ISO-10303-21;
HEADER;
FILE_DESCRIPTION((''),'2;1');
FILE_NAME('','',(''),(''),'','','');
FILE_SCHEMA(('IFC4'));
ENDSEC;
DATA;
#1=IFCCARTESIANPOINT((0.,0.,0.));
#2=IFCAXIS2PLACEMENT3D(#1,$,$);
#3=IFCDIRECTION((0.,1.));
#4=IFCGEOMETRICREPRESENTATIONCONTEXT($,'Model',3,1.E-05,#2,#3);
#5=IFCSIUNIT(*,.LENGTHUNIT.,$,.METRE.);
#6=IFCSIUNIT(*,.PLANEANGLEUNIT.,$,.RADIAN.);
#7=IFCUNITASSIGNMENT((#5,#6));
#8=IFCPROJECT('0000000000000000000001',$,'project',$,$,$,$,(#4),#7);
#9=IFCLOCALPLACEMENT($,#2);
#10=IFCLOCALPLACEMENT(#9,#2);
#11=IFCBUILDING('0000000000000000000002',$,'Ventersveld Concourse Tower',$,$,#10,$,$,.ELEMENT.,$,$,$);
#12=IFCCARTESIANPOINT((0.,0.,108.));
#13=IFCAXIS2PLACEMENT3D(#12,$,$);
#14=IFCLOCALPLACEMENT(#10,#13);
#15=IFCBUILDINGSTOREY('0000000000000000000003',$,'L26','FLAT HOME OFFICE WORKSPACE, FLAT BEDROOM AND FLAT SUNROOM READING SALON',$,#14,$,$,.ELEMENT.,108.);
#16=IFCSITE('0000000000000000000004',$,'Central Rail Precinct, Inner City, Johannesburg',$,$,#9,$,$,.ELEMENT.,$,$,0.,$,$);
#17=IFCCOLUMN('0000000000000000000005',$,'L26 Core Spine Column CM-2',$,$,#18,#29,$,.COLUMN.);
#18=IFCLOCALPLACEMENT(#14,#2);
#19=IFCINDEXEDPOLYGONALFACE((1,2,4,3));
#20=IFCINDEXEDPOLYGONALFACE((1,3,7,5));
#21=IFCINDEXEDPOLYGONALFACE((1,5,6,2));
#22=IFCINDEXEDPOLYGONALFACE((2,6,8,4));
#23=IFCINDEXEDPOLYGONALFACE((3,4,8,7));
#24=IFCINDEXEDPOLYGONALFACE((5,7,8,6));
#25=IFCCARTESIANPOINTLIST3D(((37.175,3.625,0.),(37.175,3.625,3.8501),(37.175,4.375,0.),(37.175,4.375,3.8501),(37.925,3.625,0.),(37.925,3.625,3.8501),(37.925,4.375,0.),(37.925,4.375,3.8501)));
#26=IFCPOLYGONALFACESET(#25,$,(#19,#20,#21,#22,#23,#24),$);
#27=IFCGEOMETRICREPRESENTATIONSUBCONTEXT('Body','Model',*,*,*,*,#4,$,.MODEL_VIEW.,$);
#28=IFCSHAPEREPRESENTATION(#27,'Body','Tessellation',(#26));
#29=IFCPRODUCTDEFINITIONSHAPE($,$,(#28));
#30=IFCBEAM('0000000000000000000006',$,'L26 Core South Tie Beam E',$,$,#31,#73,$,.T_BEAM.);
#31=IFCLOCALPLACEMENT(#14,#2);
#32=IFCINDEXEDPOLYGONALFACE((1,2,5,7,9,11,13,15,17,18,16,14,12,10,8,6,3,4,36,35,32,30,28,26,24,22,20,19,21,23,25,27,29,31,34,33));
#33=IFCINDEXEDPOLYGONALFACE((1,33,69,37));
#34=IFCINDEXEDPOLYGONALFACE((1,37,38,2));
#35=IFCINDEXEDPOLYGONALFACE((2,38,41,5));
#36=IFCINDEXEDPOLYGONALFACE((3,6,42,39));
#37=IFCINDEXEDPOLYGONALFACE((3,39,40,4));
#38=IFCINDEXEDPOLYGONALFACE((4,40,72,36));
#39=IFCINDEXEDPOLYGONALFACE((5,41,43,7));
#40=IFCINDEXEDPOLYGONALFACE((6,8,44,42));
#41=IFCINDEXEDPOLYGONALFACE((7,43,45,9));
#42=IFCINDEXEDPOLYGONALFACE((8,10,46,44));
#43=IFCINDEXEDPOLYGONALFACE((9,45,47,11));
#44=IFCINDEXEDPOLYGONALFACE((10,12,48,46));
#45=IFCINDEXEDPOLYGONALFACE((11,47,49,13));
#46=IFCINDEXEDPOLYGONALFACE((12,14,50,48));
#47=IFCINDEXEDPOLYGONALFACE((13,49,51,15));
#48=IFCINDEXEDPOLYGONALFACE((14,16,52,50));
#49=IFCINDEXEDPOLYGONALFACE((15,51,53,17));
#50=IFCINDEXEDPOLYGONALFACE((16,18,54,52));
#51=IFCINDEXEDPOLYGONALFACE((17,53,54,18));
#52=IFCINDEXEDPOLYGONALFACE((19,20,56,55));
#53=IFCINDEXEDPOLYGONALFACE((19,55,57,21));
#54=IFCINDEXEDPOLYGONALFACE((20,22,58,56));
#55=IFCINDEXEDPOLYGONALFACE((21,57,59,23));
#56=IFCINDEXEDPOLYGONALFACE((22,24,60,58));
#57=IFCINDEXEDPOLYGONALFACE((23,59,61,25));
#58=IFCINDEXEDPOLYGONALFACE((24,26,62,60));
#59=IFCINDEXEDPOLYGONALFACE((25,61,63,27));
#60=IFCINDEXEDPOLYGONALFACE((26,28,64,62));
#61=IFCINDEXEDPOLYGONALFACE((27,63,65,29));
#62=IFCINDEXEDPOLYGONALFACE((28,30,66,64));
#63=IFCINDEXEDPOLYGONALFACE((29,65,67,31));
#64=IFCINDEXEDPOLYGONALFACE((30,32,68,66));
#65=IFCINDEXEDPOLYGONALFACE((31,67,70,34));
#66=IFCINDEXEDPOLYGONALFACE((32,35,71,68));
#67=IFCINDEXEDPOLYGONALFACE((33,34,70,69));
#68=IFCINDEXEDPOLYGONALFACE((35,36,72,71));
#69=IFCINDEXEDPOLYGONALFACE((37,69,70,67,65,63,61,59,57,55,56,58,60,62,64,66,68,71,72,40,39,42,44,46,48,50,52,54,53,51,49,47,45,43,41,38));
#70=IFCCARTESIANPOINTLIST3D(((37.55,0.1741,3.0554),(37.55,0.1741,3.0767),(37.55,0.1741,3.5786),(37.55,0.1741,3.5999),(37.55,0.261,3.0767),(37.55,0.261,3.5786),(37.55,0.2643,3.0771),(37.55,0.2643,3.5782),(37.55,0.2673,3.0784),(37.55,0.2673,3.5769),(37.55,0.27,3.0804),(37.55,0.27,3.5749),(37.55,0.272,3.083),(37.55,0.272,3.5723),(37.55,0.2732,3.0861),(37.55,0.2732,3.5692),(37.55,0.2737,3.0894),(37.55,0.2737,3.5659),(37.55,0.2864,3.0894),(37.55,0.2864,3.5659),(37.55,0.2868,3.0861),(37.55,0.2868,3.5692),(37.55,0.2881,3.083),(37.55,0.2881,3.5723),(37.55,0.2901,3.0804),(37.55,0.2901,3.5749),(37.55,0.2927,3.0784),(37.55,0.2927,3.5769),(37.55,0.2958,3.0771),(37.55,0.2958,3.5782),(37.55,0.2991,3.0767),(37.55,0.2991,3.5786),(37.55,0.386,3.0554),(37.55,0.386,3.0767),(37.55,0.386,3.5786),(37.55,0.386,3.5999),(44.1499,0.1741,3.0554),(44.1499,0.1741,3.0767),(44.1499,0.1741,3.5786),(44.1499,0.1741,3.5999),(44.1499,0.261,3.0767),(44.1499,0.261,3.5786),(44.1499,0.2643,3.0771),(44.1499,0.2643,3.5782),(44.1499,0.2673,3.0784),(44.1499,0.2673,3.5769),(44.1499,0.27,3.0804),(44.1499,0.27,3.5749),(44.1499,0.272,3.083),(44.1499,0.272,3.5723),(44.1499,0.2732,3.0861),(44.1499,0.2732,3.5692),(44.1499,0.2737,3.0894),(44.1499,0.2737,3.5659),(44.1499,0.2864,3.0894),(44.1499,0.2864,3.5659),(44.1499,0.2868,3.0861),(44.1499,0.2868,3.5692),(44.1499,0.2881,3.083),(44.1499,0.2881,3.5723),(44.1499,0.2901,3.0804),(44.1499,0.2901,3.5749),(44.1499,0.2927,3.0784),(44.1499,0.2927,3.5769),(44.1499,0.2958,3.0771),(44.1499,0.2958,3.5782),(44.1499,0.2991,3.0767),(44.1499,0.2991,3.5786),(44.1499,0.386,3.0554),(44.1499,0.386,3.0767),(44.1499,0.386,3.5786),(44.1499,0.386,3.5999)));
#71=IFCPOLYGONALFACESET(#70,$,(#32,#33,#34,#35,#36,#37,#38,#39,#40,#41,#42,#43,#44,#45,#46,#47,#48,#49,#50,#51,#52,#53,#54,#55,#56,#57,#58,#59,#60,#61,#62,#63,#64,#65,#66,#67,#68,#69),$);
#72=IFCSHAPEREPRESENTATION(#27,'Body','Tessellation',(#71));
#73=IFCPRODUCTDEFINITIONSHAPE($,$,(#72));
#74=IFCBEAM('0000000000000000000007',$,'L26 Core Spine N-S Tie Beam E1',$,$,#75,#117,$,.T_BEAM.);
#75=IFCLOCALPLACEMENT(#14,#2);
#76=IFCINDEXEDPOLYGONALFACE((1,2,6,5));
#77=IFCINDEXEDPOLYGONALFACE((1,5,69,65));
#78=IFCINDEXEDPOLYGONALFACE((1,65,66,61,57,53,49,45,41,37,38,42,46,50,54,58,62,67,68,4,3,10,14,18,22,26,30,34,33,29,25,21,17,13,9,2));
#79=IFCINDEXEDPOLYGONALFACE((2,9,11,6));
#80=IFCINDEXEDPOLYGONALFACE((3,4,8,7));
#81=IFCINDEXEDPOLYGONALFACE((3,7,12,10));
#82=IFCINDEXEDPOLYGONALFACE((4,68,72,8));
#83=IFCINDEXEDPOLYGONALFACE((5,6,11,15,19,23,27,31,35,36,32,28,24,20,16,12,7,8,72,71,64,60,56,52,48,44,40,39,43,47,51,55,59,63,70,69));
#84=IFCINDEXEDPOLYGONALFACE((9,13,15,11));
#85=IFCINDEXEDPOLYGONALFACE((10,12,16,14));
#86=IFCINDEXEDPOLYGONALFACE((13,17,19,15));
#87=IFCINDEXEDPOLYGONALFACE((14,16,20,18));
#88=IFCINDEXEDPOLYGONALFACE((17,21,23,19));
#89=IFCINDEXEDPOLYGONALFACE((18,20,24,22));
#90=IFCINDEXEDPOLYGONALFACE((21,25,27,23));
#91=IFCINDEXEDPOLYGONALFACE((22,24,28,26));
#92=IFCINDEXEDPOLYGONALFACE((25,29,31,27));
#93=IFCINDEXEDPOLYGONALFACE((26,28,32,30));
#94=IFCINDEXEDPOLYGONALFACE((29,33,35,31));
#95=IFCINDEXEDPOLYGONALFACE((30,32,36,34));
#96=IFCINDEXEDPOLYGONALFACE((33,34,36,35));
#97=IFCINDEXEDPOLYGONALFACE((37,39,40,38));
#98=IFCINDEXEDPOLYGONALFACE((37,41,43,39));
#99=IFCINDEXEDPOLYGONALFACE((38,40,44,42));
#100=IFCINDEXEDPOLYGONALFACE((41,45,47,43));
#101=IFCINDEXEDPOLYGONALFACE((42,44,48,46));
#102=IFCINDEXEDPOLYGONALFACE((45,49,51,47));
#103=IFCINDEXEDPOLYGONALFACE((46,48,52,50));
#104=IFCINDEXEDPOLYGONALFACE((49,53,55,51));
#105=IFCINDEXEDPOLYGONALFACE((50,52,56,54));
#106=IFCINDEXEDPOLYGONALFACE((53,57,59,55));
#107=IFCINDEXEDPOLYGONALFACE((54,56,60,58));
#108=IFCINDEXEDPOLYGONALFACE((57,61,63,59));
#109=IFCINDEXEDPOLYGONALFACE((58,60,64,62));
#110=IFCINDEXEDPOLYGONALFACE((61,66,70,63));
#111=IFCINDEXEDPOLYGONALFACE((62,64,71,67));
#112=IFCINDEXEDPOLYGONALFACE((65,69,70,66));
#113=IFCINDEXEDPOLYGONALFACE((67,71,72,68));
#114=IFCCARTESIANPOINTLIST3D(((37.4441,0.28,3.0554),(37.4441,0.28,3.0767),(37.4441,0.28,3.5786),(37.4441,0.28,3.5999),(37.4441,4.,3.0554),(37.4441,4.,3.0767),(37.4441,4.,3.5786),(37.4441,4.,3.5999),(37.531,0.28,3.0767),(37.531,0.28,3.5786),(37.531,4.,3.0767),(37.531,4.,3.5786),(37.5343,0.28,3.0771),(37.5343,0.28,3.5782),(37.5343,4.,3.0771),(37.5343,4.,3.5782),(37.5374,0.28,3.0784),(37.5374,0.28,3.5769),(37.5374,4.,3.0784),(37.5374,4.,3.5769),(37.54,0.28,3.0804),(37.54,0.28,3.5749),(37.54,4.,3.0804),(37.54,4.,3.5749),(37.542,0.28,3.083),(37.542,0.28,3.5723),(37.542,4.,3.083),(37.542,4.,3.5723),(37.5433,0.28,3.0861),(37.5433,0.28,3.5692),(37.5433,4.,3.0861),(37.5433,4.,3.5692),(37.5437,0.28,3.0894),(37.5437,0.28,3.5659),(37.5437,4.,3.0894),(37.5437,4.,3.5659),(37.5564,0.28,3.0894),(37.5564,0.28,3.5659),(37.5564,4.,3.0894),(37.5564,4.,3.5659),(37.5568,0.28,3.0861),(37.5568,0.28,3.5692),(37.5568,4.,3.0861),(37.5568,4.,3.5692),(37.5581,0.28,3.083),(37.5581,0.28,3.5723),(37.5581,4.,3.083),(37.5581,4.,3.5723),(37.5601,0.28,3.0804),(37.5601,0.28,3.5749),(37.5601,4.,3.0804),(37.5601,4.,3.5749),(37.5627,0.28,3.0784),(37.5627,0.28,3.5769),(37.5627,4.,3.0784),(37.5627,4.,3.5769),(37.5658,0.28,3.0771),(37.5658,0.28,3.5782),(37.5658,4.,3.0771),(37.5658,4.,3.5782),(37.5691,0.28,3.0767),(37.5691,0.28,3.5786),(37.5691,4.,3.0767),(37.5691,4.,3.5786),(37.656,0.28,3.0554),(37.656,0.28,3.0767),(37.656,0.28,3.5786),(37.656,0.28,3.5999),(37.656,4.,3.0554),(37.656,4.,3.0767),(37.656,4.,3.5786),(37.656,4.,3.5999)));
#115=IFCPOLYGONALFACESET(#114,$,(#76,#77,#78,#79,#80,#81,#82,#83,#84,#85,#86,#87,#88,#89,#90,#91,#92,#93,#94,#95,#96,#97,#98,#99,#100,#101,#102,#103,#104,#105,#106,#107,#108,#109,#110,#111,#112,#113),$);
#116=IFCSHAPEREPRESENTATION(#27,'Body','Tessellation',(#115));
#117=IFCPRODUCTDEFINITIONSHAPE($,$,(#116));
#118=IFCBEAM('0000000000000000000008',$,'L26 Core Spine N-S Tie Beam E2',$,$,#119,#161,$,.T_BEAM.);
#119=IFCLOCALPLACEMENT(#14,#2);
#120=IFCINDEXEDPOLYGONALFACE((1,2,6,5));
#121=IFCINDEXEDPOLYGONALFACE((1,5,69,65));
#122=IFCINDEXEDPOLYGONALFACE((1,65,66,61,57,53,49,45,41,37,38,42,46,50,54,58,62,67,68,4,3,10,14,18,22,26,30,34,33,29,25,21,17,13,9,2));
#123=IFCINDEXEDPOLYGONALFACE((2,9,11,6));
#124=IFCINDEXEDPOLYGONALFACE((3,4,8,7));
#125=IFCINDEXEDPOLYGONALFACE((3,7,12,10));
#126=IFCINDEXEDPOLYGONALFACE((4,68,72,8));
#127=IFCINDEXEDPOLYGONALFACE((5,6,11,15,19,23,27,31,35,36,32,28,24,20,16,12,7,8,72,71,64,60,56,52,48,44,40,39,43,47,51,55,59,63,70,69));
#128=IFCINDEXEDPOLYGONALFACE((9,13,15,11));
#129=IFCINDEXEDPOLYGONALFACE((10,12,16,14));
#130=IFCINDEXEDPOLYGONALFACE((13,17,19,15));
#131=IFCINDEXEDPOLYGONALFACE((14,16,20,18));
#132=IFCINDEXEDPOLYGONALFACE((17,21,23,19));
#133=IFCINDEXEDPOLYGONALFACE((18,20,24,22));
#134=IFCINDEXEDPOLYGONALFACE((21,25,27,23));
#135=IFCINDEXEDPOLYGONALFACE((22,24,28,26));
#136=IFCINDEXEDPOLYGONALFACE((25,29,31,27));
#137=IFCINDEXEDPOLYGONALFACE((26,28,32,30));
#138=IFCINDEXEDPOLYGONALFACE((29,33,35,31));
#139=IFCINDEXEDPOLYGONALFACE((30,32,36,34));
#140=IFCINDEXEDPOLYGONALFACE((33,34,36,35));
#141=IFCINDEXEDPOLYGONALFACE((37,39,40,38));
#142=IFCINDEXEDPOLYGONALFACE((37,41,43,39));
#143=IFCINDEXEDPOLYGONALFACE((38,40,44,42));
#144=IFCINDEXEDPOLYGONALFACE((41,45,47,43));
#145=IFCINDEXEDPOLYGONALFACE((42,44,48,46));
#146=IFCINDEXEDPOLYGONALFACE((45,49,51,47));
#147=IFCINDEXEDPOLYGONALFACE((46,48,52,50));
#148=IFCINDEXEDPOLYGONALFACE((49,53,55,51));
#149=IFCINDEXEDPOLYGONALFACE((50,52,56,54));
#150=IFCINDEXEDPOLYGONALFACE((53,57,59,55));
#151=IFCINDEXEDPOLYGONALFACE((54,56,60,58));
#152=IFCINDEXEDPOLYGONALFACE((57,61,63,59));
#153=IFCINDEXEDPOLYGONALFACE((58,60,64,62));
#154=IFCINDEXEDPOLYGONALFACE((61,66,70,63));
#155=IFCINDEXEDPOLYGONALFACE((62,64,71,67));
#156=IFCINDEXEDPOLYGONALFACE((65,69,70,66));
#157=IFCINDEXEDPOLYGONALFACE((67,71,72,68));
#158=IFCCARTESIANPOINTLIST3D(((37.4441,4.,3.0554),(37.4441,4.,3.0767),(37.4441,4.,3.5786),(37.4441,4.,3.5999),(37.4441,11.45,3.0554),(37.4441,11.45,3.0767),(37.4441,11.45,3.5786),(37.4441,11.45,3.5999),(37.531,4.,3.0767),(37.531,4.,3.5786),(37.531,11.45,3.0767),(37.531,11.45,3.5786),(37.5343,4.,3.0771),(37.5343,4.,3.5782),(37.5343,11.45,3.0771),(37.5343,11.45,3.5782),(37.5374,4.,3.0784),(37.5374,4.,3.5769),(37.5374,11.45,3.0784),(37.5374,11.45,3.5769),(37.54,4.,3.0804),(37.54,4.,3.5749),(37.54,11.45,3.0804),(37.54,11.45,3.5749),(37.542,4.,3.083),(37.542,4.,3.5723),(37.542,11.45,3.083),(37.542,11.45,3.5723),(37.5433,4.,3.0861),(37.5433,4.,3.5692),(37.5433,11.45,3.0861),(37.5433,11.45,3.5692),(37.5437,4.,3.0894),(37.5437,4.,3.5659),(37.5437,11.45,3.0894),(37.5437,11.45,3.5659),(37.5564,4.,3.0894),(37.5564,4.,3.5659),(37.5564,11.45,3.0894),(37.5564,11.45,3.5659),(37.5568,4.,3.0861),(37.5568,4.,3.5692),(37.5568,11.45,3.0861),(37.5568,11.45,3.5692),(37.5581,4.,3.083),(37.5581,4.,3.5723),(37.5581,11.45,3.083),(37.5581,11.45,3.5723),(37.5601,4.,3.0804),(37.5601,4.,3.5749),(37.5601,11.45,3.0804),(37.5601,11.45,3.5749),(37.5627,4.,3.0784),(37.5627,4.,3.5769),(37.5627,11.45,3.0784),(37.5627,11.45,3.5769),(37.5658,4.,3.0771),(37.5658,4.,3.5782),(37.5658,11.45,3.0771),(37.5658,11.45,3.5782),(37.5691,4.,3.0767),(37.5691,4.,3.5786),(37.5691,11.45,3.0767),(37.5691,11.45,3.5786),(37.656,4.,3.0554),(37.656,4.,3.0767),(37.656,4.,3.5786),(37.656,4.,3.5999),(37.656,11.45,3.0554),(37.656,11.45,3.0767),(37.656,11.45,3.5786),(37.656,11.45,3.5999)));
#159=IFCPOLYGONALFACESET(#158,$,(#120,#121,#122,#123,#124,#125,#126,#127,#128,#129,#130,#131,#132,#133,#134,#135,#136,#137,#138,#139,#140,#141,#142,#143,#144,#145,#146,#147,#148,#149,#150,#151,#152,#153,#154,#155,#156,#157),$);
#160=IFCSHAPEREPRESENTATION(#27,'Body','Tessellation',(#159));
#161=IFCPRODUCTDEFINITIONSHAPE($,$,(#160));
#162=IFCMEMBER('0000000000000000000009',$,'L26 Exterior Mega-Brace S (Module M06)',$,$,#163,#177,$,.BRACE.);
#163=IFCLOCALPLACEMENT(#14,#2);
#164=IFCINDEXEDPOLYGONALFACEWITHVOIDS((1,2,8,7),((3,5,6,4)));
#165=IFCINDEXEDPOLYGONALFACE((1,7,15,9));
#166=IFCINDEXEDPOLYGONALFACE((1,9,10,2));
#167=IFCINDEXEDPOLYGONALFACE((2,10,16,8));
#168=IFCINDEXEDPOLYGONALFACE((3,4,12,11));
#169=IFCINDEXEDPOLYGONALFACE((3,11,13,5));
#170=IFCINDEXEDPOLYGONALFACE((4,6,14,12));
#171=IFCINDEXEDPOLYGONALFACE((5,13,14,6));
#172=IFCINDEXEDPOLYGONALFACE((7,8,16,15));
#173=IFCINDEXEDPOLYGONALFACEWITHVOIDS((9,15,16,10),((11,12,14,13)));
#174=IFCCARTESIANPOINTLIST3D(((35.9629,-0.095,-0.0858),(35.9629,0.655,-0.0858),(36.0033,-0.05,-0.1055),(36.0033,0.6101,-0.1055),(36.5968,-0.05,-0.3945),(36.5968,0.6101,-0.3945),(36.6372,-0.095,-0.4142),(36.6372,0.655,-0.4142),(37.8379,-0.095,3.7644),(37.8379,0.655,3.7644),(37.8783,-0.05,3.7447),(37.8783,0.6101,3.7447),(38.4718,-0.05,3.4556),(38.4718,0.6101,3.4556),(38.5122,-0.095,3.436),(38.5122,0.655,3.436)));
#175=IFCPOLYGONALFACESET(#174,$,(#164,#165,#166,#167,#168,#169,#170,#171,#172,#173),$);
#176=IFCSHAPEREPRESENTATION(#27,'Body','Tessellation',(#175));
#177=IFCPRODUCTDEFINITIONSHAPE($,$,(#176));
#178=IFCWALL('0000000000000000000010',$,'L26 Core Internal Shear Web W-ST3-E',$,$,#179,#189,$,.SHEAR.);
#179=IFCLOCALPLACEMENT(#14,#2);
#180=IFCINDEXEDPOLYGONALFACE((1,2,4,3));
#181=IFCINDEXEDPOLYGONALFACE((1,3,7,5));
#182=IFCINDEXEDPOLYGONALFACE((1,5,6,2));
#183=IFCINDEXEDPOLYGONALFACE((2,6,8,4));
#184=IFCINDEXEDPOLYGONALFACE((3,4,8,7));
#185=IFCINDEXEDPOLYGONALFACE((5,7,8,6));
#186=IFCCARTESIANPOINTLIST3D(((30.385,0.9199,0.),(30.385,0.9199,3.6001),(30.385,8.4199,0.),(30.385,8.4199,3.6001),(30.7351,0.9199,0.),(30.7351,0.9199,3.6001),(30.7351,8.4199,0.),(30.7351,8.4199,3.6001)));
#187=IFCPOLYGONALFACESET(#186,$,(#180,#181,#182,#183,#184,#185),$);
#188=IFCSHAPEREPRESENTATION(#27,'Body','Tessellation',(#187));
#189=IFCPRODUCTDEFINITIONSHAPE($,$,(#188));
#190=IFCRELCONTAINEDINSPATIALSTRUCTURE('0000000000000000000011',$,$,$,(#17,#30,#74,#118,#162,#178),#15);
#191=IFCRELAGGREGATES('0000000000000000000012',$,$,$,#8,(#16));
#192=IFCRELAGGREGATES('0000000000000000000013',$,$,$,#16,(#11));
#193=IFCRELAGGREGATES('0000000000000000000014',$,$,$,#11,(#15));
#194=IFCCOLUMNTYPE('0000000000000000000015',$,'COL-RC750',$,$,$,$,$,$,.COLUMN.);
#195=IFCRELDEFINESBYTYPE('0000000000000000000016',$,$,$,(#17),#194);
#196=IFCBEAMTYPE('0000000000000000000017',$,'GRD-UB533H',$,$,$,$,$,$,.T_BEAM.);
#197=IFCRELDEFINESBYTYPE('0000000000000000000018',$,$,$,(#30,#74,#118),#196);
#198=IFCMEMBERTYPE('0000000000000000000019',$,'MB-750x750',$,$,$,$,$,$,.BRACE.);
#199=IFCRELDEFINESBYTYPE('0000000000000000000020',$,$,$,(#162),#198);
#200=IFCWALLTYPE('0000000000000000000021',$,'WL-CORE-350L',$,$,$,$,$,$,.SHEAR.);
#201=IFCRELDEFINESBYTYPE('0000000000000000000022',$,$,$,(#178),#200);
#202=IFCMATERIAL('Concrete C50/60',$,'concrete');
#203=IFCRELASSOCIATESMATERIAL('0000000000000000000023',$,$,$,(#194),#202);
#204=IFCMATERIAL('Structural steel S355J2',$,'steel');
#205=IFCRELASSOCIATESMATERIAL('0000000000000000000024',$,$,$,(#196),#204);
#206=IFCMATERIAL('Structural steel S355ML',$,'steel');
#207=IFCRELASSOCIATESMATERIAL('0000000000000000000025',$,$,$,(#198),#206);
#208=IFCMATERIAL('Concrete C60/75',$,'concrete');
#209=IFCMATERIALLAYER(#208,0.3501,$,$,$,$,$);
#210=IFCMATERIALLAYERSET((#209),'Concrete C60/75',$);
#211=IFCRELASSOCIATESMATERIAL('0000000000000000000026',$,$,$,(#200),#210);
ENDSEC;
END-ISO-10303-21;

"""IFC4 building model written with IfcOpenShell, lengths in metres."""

from ifc_helpers import new_model, si_unit, direction, frame, frame_2d, origin, origin_2d, place, context, subcontext, project, spatial, rectangle, hollow_rectangle, i_section, extrude, material, layer, layer_set, material_profile, profile_set, type_object, element, save


model = new_model("IFC4")

# Units and contexts
model_context = context("Model", 3, precision=1e-05, world=origin(), true_north=direction((0.0, 1.0)))
body_context = subcontext(model_context, "Body", "Model", "MODEL_VIEW")
ifc_project = project(units=[si_unit("LENGTHUNIT", "METRE"), si_unit("PLANEANGLEUNIT", "RADIAN")], contexts=[model_context])

# Site, building, storey
site_placement = place(None, origin())
site = spatial("IfcSite", under=ifc_project, at=site_placement, Name="Central Rail Precinct, Inner City, Johannesburg", CompositionType="ELEMENT", RefElevation=0.0)
building_placement = place(site_placement, origin())
building = spatial("IfcBuilding", under=site, at=building_placement, Name="Ventersveld Concourse Tower", CompositionType="ELEMENT")
storey_placement = place(building_placement, frame((0.0, 0.0, 108.0)))
storey = spatial("IfcBuildingStorey", under=building, at=storey_placement, Name="L26", Description="FLAT HOME OFFICE WORKSPACE, FLAT BEDROOM AND FLAT SUNROOM READING SALON", CompositionType="ELEMENT", Elevation=108.0)

# Column
ifc_material_1 = material(Name="Concrete C50/60", Category="concrete")
ifc_material_profile_1 = material_profile(ifc_material_1, rectangle(XDim=0.75, YDim=0.75, at=origin_2d()), Name="RC 750x750")
ifc_profile_set_1 = profile_set([ifc_material_profile_1], Name="Concrete C50/60")
column_type = type_object("IfcColumnType", Name="COL-RC750", PredefinedType="COLUMN", material=ifc_profile_set_1)
column_placement = place(storey_placement, frame((37.55, 4.0, 0.0), z_axis=(0.0, 0.0, 1.0), x_axis=(1.0, 0.0, 0.0)))
element("IfcColumn", 1, at=column_placement, inside=storey, type_object=column_type, Name="L26 Core Spine Column CM-2", PredefinedType="COLUMN", context=body_context, shape_type="SweptSolid", body=[
    extrude(rectangle(XDim=0.75, YDim=0.75, at=origin_2d()), origin(), (0.0, 0.0, 1.0), 3.8501),
])

# Beams
ifc_material_2 = material(Name="Structural steel S355J2", Category="steel")
ifc_material_profile_2 = material_profile(ifc_material_2, i_section(OverallWidth=0.2119, OverallDepth=0.5444, WebThickness=0.0127, FlangeThickness=0.0212, FilletRadius=0.0127, at=origin_2d()), Name="UB 533x210x122")
ifc_profile_set_2 = profile_set([ifc_material_profile_2], Name="Structural steel S355J2")
beam_type = type_object("IfcBeamType", Name="GRD-UB533H", PredefinedType="T_BEAM", material=ifc_profile_set_2)
beam_1_placement = place(storey_placement, frame((37.55, 0.28, 3.3276), z_axis=(1.0, 0.0, 0.0), x_axis=(0.0, 1.0, 0.0)))
element("IfcBeam", 2, at=beam_1_placement, inside=storey, type_object=beam_type, Name="L26 Core South Tie Beam E", PredefinedType="T_BEAM", context=body_context, shape_type="SweptSolid", body=[
    extrude(i_section(OverallWidth=0.2119, OverallDepth=0.5444, WebThickness=0.0127, FlangeThickness=0.0212, FilletRadius=0.0127, at=origin_2d()), origin(), (0.0, 0.0, 1.0), 6.5999),
])
beam_2_placement = place(storey_placement, frame((37.55, 0.28, 3.3276), z_axis=(0.0, 1.0, 0.0), x_axis=(-1.0, 0.0, 0.0)))
element("IfcBeam", 3, at=beam_2_placement, inside=storey, type_object=beam_type, Name="L26 Core Spine N-S Tie Beam E1", PredefinedType="T_BEAM", context=body_context, shape_type="SweptSolid", body=[
    extrude(i_section(OverallWidth=0.2119, OverallDepth=0.5444, WebThickness=0.0127, FlangeThickness=0.0212, FilletRadius=0.0127, at=origin_2d()), origin(), (0.0, 0.0, 1.0), 3.72),
])
beam_3_placement = place(storey_placement, frame((37.55, 4.0, 3.3276), z_axis=(0.0, 1.0, 0.0), x_axis=(-1.0, 0.0, 0.0)))
element("IfcBeam", 4, at=beam_3_placement, inside=storey, type_object=beam_type, Name="L26 Core Spine N-S Tie Beam E2", PredefinedType="T_BEAM", context=body_context, shape_type="SweptSolid", body=[
    extrude(i_section(OverallWidth=0.2119, OverallDepth=0.5444, WebThickness=0.0127, FlangeThickness=0.0212, FilletRadius=0.0127, at=origin_2d()), origin(), (0.0, 0.0, 1.0), 7.45),
])

# Member
ifc_material_3 = material(Name="Structural steel S355ML", Category="steel")
ifc_material_profile_3 = material_profile(ifc_material_3, hollow_rectangle(XDim=0.75, YDim=0.75, WallThickness=0.0449, at=origin_2d()), Name="BOX 750x750x45")
ifc_profile_set_3 = profile_set([ifc_material_profile_3], Name="Structural steel S355ML")
member_type = type_object("IfcMemberType", Name="MB-750x750", PredefinedType="BRACE", material=ifc_profile_set_3)
member_placement = place(storey_placement, frame((36.3, 0.28, -0.25), z_axis=(0.437839, 0.0, 0.899053), x_axis=(0.0, 1.0, 0.0)))
element("IfcMember", 5, at=member_placement, inside=storey, type_object=member_type, Name="L26 Exterior Mega-Brace S (Module M06)", PredefinedType="BRACE", context=body_context, shape_type="SweptSolid", body=[
    extrude(hollow_rectangle(XDim=0.75, YDim=0.75, WallThickness=0.0449, at=origin_2d()), origin(), (0.0, 0.0, 1.0), 4.2825),
])

# Wall
ifc_material_4 = material(Name="Concrete C60/75", Category="concrete")
ifc_layer_1 = layer(ifc_material_4, 0.3501)
ifc_layer_set_1 = layer_set([ifc_layer_1], Name="Concrete C60/75")
wall_type_1 = type_object("IfcWallType", Name="WL-CORE-350L", PredefinedType="SHEAR", material=ifc_layer_set_1)
for number, where, z_axis, x_axis, name in (
    (6, (30.5601, 0.9199, 0.0), (0.0, 0.0, 1.0), (0.0, 1.0, 0.0), "L26 Core Internal Shear Web W-ST3-E"),
):
    element("IfcWall", number, at=place(storey_placement, frame(where, z_axis=z_axis, x_axis=x_axis)), inside=storey, type_object=wall_type_1, Name=name, PredefinedType="SHEAR", context=body_context, shape_type="SweptSolid", body=[
        extrude(rectangle(XDim=7.5, YDim=0.3501, at=frame_2d((3.75, 0.0))), origin(), (0.0, 0.0, 1.0), 3.6001),
    ])

save(model, "model.ifc")
